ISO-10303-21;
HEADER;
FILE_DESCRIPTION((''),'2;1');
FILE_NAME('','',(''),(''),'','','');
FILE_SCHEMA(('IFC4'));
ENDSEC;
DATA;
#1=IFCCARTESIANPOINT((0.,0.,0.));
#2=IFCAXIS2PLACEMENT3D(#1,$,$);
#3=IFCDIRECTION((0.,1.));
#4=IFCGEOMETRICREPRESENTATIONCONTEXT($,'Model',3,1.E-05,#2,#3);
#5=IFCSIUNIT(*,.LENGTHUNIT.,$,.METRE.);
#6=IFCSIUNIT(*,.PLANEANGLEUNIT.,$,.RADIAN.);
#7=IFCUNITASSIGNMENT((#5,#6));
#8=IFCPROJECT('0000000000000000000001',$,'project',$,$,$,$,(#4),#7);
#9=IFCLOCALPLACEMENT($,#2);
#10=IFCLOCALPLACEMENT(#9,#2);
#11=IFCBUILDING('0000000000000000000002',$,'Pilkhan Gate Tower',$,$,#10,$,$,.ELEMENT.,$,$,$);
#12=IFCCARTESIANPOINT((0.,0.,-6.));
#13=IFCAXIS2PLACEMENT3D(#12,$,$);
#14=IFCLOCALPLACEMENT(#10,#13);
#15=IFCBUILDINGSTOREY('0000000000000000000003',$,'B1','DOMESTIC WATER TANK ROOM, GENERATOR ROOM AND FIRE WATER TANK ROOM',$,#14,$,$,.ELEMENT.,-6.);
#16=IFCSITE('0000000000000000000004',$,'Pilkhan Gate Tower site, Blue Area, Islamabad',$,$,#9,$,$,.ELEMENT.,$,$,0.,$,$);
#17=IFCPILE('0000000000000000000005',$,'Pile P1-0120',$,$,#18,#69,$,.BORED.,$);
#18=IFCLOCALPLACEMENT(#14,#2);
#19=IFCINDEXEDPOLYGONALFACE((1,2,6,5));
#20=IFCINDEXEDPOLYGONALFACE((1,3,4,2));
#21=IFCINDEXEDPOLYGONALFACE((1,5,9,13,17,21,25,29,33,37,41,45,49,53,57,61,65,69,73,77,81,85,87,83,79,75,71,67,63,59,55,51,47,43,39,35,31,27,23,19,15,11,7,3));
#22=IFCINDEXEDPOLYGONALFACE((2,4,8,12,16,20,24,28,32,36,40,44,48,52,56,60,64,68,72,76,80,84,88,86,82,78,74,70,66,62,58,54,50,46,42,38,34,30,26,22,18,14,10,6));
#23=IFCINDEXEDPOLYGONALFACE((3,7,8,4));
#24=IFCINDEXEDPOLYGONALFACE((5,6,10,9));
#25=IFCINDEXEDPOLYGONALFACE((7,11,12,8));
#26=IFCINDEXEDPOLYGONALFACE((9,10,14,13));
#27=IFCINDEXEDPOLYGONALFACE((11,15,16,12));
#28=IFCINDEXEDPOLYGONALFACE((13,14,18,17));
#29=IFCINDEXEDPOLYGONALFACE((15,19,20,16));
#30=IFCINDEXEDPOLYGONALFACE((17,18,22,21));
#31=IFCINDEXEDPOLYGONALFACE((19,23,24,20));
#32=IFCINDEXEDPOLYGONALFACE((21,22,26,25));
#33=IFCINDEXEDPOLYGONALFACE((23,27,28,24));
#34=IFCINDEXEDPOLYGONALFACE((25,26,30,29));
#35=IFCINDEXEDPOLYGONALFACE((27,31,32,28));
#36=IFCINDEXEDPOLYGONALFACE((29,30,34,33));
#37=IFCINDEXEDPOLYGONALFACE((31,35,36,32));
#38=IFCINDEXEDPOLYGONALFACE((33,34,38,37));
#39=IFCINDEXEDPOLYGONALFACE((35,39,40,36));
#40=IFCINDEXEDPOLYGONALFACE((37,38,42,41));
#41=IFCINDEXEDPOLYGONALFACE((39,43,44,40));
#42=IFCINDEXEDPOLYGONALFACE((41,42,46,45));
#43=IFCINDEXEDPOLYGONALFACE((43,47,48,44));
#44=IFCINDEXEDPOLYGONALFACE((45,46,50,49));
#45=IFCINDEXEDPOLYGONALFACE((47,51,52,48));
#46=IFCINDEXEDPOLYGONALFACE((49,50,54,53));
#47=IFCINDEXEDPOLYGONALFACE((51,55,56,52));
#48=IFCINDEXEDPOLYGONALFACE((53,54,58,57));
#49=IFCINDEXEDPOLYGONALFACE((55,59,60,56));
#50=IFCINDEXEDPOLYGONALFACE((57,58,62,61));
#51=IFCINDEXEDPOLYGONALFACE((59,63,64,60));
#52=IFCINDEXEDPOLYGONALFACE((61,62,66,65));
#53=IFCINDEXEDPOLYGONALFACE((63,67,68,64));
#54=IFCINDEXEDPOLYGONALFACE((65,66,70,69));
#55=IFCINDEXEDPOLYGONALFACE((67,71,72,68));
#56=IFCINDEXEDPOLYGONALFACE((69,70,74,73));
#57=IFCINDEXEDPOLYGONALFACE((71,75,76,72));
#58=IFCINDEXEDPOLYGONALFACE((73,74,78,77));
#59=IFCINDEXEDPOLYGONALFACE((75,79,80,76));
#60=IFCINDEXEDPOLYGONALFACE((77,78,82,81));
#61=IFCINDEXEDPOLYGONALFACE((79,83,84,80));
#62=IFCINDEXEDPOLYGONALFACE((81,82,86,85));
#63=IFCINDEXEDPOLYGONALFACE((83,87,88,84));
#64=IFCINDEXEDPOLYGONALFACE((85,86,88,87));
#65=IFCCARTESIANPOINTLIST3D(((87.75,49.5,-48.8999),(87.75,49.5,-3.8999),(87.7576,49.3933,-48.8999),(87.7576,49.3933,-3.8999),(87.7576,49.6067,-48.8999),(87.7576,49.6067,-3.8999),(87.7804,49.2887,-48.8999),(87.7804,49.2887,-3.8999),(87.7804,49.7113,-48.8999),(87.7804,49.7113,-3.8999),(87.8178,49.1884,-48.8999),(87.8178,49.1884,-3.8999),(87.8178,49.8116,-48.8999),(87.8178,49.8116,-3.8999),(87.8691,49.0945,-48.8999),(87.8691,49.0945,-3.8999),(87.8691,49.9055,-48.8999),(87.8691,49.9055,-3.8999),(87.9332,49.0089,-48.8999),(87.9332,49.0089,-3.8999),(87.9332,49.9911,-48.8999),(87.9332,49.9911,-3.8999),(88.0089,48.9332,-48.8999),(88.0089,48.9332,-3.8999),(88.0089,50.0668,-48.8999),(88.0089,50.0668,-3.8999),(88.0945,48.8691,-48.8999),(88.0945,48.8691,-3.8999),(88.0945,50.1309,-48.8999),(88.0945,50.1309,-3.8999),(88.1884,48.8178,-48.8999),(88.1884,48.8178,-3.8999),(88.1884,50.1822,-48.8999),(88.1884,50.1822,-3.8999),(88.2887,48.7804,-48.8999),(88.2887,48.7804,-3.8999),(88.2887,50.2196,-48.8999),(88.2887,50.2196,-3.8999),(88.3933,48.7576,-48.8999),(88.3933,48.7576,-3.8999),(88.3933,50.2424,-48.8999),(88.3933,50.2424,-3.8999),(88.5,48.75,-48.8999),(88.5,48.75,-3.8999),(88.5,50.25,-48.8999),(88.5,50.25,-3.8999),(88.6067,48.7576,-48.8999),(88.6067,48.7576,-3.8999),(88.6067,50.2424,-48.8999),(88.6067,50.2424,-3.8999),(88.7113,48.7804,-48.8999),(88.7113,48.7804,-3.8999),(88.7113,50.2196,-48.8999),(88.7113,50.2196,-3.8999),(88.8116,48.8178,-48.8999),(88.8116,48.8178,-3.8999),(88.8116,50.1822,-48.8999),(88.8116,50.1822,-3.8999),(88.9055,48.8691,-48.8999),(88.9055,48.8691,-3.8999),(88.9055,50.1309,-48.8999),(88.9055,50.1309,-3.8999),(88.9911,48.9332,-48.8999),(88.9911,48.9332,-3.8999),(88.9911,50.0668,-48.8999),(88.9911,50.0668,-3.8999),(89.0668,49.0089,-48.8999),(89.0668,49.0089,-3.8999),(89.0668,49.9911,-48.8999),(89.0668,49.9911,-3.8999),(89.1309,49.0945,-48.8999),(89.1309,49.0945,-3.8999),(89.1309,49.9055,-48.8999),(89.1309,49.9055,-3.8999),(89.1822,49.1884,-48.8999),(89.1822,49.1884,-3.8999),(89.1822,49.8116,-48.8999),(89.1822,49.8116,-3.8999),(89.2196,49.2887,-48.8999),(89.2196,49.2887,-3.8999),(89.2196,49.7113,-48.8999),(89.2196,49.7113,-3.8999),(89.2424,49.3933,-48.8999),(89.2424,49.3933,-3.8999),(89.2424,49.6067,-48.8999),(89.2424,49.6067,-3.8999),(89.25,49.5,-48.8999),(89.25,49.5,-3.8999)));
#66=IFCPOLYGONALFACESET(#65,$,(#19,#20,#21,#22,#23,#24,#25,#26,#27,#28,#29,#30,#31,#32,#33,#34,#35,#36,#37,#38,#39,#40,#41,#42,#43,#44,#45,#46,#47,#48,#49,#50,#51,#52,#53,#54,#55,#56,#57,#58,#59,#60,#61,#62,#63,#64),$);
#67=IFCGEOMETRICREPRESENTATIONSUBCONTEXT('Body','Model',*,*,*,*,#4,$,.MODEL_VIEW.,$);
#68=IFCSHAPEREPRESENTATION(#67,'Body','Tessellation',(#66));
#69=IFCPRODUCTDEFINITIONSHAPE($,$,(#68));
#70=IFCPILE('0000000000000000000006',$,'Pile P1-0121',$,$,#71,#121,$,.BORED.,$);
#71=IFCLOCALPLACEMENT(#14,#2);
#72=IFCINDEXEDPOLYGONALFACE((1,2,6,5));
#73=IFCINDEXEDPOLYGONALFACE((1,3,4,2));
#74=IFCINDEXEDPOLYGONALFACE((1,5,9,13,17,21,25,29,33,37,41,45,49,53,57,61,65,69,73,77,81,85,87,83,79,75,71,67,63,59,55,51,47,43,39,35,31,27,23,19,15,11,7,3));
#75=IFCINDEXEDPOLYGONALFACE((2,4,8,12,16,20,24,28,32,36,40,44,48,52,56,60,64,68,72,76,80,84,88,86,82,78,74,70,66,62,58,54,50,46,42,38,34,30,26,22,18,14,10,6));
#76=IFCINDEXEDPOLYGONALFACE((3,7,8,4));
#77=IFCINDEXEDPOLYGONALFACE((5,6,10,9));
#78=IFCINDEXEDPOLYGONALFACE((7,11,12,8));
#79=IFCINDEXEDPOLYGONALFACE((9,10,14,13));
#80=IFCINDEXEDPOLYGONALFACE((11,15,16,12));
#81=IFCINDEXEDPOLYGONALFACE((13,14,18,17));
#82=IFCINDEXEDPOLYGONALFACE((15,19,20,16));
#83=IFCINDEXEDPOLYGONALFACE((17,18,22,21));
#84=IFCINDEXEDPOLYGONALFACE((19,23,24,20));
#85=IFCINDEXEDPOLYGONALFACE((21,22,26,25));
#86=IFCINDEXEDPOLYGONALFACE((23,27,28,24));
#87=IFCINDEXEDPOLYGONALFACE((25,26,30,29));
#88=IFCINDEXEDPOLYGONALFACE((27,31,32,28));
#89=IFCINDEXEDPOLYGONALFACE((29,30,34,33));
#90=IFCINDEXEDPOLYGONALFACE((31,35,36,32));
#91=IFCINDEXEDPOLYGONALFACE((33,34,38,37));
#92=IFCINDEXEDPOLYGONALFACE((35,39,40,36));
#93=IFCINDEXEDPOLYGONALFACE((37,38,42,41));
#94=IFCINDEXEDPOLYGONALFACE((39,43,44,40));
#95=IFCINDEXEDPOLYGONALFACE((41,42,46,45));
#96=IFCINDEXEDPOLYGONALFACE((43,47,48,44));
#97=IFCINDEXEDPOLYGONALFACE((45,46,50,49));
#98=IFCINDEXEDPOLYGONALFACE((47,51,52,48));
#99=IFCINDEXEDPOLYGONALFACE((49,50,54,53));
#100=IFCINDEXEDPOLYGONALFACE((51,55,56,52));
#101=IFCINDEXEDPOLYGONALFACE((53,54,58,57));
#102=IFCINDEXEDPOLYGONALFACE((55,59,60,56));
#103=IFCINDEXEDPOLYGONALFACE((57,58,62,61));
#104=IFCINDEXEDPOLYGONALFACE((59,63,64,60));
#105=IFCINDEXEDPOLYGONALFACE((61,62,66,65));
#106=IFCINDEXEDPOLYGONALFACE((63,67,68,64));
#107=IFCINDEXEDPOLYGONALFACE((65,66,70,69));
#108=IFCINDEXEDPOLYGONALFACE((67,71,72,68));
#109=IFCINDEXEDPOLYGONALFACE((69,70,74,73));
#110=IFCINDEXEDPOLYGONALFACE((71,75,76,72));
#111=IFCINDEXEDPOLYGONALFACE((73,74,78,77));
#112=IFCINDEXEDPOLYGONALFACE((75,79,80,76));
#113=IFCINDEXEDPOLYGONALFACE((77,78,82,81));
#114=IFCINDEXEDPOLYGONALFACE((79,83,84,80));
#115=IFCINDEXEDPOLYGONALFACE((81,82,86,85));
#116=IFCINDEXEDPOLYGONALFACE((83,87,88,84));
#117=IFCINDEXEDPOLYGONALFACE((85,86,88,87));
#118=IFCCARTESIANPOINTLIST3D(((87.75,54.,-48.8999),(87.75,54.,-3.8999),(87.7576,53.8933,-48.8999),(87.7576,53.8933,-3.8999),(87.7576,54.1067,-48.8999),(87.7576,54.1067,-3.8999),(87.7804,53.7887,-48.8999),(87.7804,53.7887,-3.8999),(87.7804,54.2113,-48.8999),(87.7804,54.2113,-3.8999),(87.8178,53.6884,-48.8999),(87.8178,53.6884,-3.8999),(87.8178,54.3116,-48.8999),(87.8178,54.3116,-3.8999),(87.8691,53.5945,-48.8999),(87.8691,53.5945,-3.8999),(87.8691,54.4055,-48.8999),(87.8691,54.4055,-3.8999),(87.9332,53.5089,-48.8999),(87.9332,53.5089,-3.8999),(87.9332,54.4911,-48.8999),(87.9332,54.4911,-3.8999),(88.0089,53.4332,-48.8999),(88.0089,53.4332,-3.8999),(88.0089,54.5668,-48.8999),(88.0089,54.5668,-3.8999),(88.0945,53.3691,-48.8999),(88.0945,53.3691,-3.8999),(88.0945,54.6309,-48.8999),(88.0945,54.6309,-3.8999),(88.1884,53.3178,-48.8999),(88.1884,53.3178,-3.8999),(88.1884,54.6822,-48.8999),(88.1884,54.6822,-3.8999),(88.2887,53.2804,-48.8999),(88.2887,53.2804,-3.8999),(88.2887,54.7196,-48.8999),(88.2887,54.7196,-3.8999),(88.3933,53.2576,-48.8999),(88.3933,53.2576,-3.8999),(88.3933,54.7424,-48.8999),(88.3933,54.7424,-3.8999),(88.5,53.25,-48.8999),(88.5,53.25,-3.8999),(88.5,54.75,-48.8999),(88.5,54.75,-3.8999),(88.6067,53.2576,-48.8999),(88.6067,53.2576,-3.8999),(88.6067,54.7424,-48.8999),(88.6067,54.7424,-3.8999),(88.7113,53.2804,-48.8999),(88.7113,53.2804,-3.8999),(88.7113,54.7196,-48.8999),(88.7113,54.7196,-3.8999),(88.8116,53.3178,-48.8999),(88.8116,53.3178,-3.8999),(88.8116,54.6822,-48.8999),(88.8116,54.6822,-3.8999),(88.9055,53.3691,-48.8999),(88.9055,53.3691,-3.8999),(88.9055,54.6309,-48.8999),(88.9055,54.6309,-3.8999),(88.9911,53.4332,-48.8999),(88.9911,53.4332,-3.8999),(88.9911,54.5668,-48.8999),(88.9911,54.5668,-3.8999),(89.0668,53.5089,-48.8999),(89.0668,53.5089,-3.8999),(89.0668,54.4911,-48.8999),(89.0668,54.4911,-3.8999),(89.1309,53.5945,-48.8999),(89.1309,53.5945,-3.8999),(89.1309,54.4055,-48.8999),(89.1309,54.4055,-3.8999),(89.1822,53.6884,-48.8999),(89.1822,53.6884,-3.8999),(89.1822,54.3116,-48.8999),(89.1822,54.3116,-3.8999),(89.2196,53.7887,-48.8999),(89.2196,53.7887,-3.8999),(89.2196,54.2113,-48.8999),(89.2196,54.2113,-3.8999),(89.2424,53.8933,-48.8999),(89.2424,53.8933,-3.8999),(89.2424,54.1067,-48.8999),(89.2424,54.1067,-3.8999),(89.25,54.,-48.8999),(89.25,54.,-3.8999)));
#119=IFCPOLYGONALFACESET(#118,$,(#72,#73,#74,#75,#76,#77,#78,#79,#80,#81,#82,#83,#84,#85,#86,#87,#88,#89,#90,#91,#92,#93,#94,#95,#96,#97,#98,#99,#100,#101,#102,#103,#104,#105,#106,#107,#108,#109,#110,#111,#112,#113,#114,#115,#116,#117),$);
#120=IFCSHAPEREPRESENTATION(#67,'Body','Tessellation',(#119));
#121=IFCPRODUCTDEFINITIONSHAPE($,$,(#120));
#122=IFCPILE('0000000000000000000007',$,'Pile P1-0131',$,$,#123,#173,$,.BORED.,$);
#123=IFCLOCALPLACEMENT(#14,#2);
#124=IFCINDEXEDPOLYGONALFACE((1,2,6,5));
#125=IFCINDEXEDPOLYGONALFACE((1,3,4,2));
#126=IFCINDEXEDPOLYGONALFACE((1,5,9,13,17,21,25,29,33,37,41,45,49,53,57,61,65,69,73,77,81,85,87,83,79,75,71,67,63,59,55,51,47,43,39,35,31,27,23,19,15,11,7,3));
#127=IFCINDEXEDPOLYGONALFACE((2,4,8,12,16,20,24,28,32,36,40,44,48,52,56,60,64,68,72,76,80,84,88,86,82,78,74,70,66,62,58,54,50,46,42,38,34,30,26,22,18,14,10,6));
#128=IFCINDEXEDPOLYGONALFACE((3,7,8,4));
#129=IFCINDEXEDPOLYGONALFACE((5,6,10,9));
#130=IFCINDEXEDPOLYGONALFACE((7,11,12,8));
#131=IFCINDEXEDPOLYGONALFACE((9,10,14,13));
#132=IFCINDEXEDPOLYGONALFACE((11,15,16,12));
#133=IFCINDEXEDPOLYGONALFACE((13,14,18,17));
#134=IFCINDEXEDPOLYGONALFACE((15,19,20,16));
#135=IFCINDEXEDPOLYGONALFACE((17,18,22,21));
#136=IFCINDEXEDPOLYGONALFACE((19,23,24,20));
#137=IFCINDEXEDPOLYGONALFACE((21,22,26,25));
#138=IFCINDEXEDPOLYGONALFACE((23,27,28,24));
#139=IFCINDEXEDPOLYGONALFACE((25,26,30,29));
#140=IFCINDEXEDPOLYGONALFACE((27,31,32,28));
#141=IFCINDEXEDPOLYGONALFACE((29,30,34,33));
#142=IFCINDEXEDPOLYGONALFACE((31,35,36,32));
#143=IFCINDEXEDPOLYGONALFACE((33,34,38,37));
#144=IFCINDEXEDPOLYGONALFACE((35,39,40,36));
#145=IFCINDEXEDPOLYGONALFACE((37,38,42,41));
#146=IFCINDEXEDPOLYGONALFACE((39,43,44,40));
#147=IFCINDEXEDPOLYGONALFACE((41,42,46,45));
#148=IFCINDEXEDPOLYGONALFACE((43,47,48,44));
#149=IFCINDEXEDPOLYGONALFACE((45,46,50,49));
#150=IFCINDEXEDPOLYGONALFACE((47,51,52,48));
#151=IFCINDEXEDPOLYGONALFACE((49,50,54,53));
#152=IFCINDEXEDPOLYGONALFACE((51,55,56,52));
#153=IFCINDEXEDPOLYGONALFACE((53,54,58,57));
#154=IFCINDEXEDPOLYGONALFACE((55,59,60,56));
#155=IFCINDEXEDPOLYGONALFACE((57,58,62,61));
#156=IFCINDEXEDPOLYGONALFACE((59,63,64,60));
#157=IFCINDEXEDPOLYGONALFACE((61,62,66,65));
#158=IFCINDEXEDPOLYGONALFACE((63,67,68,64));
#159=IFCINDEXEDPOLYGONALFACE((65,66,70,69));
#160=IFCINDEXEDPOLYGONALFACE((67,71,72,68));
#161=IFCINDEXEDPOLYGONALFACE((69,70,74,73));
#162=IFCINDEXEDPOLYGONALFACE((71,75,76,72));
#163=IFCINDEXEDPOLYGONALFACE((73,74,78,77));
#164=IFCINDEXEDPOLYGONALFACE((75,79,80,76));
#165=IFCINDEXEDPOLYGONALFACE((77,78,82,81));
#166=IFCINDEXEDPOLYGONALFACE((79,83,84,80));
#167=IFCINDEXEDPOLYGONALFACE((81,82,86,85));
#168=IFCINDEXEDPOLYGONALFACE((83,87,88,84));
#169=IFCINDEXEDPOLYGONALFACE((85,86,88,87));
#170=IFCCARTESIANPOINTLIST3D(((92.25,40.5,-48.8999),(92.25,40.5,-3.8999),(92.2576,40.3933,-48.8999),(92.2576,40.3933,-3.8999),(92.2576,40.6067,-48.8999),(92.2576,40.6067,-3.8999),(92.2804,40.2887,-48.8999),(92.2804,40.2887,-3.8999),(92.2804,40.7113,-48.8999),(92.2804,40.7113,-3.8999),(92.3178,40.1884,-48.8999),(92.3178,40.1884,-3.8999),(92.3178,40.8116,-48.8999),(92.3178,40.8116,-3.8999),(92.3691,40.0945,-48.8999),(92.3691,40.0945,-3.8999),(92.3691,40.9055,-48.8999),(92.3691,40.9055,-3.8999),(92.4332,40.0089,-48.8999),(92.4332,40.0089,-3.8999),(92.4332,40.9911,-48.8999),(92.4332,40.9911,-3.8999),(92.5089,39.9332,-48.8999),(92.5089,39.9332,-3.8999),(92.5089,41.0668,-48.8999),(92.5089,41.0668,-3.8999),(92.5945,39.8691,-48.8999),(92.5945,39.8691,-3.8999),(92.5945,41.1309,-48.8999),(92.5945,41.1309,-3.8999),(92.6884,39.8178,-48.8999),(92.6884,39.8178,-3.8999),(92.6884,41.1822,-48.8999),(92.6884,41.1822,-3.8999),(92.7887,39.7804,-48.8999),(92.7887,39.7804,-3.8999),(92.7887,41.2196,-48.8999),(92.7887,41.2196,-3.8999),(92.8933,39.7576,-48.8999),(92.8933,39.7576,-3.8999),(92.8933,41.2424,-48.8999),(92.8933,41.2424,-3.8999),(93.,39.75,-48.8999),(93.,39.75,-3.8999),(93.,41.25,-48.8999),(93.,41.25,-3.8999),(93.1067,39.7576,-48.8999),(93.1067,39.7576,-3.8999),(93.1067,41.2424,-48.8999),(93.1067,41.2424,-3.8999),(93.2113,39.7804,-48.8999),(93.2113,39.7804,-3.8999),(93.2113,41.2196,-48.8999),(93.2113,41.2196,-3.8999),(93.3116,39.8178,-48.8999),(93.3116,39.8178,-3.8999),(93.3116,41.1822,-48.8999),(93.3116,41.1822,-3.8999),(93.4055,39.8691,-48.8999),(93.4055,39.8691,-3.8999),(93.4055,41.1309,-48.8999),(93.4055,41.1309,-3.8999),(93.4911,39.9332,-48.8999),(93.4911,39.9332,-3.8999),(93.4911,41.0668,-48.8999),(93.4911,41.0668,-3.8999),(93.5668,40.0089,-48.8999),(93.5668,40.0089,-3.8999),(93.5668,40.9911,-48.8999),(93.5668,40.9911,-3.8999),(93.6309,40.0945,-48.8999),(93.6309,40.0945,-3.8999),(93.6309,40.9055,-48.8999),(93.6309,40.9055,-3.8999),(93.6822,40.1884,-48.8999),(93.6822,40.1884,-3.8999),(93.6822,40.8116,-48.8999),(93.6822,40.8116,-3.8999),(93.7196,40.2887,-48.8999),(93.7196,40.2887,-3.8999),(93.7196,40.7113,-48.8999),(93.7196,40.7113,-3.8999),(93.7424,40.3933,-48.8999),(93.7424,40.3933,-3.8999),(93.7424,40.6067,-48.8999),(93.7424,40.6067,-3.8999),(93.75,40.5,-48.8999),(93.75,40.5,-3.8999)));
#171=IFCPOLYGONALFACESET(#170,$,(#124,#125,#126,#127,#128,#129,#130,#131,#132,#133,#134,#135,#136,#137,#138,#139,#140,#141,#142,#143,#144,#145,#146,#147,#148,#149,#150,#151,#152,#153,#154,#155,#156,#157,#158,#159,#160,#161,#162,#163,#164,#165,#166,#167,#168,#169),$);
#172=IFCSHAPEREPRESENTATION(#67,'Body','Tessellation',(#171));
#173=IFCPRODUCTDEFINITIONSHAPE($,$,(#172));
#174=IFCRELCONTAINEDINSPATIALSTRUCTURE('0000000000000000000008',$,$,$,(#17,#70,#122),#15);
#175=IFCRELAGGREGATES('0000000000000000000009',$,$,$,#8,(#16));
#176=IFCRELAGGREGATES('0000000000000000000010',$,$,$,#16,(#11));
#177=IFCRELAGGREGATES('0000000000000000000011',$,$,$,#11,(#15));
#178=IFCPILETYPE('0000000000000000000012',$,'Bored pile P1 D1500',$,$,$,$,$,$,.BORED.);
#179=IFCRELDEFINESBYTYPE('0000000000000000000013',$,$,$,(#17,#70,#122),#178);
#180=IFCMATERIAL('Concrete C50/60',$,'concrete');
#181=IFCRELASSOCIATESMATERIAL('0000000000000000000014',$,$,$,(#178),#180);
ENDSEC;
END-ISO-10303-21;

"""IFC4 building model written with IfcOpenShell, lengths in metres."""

from ifc_helpers import new_model, si_unit, direction, frame, origin, origin_2d, place, context, subcontext, project, spatial, circle, extrude, material, material_profile, profile_set, type_object, element, save


model = new_model("IFC4")

# Units and contexts
model_context = context("Model", 3, precision=1e-05, world=origin(), true_north=direction((0.0, 1.0)))
body_context = subcontext(model_context, "Body", "Model", "MODEL_VIEW")
ifc_project = project(units=[si_unit("LENGTHUNIT", "METRE"), si_unit("PLANEANGLEUNIT", "RADIAN")], contexts=[model_context])

# Site, building, storey
site_placement = place(None, origin())
site = spatial("IfcSite", under=ifc_project, at=site_placement, Name="Pilkhan Gate Tower site, Blue Area, Islamabad", CompositionType="ELEMENT", RefElevation=0.0)
building_placement = place(site_placement, origin())
building = spatial("IfcBuilding", under=site, at=building_placement, Name="Pilkhan Gate Tower", CompositionType="ELEMENT")
storey_placement = place(building_placement, frame((0.0, 0.0, -6.0)))
storey = spatial("IfcBuildingStorey", under=building, at=storey_placement, Name="B1", Description="DOMESTIC WATER TANK ROOM, GENERATOR ROOM AND FIRE WATER TANK ROOM", CompositionType="ELEMENT", Elevation=-6.0)

# Piles
ifc_material_1 = material(Name="Concrete C50/60", Category="concrete")
ifc_material_profile_1 = material_profile(ifc_material_1, circle(Radius=0.75, at=origin_2d()), Name="Bored pile 1500 dia")
ifc_profile_set_1 = profile_set([ifc_material_profile_1], Name="Concrete C50/60")
pile_type = type_object("IfcPileType", Name="Bored pile P1 D1500", PredefinedType="BORED", material=ifc_profile_set_1)
for number, where, z_axis, x_axis, name in (
    (1, (88.5, 49.5, -3.8999), (0.0, 0.0, -1.0), (1.0, 0.0, 0.0), "Pile P1-0120"),
    (2, (88.5, 54.0, -3.8999), (0.0, 0.0, -1.0), (1.0, 0.0, 0.0), "Pile P1-0121"),
    (3, (93.0, 40.5, -3.8999), (0.0, 0.0, -1.0), (1.0, 0.0, 0.0), "Pile P1-0131"),
):
    element("IfcPile", number, at=place(storey_placement, frame(where, z_axis=z_axis, x_axis=x_axis)), inside=storey, type_object=pile_type, Name=name, PredefinedType="BORED", context=body_context, shape_type="SweptSolid", body=[
        extrude(circle(Radius=0.75, at=origin_2d()), origin(), (0.0, 0.0, 1.0), 45.0),
    ])

save(model, "model.ifc")
